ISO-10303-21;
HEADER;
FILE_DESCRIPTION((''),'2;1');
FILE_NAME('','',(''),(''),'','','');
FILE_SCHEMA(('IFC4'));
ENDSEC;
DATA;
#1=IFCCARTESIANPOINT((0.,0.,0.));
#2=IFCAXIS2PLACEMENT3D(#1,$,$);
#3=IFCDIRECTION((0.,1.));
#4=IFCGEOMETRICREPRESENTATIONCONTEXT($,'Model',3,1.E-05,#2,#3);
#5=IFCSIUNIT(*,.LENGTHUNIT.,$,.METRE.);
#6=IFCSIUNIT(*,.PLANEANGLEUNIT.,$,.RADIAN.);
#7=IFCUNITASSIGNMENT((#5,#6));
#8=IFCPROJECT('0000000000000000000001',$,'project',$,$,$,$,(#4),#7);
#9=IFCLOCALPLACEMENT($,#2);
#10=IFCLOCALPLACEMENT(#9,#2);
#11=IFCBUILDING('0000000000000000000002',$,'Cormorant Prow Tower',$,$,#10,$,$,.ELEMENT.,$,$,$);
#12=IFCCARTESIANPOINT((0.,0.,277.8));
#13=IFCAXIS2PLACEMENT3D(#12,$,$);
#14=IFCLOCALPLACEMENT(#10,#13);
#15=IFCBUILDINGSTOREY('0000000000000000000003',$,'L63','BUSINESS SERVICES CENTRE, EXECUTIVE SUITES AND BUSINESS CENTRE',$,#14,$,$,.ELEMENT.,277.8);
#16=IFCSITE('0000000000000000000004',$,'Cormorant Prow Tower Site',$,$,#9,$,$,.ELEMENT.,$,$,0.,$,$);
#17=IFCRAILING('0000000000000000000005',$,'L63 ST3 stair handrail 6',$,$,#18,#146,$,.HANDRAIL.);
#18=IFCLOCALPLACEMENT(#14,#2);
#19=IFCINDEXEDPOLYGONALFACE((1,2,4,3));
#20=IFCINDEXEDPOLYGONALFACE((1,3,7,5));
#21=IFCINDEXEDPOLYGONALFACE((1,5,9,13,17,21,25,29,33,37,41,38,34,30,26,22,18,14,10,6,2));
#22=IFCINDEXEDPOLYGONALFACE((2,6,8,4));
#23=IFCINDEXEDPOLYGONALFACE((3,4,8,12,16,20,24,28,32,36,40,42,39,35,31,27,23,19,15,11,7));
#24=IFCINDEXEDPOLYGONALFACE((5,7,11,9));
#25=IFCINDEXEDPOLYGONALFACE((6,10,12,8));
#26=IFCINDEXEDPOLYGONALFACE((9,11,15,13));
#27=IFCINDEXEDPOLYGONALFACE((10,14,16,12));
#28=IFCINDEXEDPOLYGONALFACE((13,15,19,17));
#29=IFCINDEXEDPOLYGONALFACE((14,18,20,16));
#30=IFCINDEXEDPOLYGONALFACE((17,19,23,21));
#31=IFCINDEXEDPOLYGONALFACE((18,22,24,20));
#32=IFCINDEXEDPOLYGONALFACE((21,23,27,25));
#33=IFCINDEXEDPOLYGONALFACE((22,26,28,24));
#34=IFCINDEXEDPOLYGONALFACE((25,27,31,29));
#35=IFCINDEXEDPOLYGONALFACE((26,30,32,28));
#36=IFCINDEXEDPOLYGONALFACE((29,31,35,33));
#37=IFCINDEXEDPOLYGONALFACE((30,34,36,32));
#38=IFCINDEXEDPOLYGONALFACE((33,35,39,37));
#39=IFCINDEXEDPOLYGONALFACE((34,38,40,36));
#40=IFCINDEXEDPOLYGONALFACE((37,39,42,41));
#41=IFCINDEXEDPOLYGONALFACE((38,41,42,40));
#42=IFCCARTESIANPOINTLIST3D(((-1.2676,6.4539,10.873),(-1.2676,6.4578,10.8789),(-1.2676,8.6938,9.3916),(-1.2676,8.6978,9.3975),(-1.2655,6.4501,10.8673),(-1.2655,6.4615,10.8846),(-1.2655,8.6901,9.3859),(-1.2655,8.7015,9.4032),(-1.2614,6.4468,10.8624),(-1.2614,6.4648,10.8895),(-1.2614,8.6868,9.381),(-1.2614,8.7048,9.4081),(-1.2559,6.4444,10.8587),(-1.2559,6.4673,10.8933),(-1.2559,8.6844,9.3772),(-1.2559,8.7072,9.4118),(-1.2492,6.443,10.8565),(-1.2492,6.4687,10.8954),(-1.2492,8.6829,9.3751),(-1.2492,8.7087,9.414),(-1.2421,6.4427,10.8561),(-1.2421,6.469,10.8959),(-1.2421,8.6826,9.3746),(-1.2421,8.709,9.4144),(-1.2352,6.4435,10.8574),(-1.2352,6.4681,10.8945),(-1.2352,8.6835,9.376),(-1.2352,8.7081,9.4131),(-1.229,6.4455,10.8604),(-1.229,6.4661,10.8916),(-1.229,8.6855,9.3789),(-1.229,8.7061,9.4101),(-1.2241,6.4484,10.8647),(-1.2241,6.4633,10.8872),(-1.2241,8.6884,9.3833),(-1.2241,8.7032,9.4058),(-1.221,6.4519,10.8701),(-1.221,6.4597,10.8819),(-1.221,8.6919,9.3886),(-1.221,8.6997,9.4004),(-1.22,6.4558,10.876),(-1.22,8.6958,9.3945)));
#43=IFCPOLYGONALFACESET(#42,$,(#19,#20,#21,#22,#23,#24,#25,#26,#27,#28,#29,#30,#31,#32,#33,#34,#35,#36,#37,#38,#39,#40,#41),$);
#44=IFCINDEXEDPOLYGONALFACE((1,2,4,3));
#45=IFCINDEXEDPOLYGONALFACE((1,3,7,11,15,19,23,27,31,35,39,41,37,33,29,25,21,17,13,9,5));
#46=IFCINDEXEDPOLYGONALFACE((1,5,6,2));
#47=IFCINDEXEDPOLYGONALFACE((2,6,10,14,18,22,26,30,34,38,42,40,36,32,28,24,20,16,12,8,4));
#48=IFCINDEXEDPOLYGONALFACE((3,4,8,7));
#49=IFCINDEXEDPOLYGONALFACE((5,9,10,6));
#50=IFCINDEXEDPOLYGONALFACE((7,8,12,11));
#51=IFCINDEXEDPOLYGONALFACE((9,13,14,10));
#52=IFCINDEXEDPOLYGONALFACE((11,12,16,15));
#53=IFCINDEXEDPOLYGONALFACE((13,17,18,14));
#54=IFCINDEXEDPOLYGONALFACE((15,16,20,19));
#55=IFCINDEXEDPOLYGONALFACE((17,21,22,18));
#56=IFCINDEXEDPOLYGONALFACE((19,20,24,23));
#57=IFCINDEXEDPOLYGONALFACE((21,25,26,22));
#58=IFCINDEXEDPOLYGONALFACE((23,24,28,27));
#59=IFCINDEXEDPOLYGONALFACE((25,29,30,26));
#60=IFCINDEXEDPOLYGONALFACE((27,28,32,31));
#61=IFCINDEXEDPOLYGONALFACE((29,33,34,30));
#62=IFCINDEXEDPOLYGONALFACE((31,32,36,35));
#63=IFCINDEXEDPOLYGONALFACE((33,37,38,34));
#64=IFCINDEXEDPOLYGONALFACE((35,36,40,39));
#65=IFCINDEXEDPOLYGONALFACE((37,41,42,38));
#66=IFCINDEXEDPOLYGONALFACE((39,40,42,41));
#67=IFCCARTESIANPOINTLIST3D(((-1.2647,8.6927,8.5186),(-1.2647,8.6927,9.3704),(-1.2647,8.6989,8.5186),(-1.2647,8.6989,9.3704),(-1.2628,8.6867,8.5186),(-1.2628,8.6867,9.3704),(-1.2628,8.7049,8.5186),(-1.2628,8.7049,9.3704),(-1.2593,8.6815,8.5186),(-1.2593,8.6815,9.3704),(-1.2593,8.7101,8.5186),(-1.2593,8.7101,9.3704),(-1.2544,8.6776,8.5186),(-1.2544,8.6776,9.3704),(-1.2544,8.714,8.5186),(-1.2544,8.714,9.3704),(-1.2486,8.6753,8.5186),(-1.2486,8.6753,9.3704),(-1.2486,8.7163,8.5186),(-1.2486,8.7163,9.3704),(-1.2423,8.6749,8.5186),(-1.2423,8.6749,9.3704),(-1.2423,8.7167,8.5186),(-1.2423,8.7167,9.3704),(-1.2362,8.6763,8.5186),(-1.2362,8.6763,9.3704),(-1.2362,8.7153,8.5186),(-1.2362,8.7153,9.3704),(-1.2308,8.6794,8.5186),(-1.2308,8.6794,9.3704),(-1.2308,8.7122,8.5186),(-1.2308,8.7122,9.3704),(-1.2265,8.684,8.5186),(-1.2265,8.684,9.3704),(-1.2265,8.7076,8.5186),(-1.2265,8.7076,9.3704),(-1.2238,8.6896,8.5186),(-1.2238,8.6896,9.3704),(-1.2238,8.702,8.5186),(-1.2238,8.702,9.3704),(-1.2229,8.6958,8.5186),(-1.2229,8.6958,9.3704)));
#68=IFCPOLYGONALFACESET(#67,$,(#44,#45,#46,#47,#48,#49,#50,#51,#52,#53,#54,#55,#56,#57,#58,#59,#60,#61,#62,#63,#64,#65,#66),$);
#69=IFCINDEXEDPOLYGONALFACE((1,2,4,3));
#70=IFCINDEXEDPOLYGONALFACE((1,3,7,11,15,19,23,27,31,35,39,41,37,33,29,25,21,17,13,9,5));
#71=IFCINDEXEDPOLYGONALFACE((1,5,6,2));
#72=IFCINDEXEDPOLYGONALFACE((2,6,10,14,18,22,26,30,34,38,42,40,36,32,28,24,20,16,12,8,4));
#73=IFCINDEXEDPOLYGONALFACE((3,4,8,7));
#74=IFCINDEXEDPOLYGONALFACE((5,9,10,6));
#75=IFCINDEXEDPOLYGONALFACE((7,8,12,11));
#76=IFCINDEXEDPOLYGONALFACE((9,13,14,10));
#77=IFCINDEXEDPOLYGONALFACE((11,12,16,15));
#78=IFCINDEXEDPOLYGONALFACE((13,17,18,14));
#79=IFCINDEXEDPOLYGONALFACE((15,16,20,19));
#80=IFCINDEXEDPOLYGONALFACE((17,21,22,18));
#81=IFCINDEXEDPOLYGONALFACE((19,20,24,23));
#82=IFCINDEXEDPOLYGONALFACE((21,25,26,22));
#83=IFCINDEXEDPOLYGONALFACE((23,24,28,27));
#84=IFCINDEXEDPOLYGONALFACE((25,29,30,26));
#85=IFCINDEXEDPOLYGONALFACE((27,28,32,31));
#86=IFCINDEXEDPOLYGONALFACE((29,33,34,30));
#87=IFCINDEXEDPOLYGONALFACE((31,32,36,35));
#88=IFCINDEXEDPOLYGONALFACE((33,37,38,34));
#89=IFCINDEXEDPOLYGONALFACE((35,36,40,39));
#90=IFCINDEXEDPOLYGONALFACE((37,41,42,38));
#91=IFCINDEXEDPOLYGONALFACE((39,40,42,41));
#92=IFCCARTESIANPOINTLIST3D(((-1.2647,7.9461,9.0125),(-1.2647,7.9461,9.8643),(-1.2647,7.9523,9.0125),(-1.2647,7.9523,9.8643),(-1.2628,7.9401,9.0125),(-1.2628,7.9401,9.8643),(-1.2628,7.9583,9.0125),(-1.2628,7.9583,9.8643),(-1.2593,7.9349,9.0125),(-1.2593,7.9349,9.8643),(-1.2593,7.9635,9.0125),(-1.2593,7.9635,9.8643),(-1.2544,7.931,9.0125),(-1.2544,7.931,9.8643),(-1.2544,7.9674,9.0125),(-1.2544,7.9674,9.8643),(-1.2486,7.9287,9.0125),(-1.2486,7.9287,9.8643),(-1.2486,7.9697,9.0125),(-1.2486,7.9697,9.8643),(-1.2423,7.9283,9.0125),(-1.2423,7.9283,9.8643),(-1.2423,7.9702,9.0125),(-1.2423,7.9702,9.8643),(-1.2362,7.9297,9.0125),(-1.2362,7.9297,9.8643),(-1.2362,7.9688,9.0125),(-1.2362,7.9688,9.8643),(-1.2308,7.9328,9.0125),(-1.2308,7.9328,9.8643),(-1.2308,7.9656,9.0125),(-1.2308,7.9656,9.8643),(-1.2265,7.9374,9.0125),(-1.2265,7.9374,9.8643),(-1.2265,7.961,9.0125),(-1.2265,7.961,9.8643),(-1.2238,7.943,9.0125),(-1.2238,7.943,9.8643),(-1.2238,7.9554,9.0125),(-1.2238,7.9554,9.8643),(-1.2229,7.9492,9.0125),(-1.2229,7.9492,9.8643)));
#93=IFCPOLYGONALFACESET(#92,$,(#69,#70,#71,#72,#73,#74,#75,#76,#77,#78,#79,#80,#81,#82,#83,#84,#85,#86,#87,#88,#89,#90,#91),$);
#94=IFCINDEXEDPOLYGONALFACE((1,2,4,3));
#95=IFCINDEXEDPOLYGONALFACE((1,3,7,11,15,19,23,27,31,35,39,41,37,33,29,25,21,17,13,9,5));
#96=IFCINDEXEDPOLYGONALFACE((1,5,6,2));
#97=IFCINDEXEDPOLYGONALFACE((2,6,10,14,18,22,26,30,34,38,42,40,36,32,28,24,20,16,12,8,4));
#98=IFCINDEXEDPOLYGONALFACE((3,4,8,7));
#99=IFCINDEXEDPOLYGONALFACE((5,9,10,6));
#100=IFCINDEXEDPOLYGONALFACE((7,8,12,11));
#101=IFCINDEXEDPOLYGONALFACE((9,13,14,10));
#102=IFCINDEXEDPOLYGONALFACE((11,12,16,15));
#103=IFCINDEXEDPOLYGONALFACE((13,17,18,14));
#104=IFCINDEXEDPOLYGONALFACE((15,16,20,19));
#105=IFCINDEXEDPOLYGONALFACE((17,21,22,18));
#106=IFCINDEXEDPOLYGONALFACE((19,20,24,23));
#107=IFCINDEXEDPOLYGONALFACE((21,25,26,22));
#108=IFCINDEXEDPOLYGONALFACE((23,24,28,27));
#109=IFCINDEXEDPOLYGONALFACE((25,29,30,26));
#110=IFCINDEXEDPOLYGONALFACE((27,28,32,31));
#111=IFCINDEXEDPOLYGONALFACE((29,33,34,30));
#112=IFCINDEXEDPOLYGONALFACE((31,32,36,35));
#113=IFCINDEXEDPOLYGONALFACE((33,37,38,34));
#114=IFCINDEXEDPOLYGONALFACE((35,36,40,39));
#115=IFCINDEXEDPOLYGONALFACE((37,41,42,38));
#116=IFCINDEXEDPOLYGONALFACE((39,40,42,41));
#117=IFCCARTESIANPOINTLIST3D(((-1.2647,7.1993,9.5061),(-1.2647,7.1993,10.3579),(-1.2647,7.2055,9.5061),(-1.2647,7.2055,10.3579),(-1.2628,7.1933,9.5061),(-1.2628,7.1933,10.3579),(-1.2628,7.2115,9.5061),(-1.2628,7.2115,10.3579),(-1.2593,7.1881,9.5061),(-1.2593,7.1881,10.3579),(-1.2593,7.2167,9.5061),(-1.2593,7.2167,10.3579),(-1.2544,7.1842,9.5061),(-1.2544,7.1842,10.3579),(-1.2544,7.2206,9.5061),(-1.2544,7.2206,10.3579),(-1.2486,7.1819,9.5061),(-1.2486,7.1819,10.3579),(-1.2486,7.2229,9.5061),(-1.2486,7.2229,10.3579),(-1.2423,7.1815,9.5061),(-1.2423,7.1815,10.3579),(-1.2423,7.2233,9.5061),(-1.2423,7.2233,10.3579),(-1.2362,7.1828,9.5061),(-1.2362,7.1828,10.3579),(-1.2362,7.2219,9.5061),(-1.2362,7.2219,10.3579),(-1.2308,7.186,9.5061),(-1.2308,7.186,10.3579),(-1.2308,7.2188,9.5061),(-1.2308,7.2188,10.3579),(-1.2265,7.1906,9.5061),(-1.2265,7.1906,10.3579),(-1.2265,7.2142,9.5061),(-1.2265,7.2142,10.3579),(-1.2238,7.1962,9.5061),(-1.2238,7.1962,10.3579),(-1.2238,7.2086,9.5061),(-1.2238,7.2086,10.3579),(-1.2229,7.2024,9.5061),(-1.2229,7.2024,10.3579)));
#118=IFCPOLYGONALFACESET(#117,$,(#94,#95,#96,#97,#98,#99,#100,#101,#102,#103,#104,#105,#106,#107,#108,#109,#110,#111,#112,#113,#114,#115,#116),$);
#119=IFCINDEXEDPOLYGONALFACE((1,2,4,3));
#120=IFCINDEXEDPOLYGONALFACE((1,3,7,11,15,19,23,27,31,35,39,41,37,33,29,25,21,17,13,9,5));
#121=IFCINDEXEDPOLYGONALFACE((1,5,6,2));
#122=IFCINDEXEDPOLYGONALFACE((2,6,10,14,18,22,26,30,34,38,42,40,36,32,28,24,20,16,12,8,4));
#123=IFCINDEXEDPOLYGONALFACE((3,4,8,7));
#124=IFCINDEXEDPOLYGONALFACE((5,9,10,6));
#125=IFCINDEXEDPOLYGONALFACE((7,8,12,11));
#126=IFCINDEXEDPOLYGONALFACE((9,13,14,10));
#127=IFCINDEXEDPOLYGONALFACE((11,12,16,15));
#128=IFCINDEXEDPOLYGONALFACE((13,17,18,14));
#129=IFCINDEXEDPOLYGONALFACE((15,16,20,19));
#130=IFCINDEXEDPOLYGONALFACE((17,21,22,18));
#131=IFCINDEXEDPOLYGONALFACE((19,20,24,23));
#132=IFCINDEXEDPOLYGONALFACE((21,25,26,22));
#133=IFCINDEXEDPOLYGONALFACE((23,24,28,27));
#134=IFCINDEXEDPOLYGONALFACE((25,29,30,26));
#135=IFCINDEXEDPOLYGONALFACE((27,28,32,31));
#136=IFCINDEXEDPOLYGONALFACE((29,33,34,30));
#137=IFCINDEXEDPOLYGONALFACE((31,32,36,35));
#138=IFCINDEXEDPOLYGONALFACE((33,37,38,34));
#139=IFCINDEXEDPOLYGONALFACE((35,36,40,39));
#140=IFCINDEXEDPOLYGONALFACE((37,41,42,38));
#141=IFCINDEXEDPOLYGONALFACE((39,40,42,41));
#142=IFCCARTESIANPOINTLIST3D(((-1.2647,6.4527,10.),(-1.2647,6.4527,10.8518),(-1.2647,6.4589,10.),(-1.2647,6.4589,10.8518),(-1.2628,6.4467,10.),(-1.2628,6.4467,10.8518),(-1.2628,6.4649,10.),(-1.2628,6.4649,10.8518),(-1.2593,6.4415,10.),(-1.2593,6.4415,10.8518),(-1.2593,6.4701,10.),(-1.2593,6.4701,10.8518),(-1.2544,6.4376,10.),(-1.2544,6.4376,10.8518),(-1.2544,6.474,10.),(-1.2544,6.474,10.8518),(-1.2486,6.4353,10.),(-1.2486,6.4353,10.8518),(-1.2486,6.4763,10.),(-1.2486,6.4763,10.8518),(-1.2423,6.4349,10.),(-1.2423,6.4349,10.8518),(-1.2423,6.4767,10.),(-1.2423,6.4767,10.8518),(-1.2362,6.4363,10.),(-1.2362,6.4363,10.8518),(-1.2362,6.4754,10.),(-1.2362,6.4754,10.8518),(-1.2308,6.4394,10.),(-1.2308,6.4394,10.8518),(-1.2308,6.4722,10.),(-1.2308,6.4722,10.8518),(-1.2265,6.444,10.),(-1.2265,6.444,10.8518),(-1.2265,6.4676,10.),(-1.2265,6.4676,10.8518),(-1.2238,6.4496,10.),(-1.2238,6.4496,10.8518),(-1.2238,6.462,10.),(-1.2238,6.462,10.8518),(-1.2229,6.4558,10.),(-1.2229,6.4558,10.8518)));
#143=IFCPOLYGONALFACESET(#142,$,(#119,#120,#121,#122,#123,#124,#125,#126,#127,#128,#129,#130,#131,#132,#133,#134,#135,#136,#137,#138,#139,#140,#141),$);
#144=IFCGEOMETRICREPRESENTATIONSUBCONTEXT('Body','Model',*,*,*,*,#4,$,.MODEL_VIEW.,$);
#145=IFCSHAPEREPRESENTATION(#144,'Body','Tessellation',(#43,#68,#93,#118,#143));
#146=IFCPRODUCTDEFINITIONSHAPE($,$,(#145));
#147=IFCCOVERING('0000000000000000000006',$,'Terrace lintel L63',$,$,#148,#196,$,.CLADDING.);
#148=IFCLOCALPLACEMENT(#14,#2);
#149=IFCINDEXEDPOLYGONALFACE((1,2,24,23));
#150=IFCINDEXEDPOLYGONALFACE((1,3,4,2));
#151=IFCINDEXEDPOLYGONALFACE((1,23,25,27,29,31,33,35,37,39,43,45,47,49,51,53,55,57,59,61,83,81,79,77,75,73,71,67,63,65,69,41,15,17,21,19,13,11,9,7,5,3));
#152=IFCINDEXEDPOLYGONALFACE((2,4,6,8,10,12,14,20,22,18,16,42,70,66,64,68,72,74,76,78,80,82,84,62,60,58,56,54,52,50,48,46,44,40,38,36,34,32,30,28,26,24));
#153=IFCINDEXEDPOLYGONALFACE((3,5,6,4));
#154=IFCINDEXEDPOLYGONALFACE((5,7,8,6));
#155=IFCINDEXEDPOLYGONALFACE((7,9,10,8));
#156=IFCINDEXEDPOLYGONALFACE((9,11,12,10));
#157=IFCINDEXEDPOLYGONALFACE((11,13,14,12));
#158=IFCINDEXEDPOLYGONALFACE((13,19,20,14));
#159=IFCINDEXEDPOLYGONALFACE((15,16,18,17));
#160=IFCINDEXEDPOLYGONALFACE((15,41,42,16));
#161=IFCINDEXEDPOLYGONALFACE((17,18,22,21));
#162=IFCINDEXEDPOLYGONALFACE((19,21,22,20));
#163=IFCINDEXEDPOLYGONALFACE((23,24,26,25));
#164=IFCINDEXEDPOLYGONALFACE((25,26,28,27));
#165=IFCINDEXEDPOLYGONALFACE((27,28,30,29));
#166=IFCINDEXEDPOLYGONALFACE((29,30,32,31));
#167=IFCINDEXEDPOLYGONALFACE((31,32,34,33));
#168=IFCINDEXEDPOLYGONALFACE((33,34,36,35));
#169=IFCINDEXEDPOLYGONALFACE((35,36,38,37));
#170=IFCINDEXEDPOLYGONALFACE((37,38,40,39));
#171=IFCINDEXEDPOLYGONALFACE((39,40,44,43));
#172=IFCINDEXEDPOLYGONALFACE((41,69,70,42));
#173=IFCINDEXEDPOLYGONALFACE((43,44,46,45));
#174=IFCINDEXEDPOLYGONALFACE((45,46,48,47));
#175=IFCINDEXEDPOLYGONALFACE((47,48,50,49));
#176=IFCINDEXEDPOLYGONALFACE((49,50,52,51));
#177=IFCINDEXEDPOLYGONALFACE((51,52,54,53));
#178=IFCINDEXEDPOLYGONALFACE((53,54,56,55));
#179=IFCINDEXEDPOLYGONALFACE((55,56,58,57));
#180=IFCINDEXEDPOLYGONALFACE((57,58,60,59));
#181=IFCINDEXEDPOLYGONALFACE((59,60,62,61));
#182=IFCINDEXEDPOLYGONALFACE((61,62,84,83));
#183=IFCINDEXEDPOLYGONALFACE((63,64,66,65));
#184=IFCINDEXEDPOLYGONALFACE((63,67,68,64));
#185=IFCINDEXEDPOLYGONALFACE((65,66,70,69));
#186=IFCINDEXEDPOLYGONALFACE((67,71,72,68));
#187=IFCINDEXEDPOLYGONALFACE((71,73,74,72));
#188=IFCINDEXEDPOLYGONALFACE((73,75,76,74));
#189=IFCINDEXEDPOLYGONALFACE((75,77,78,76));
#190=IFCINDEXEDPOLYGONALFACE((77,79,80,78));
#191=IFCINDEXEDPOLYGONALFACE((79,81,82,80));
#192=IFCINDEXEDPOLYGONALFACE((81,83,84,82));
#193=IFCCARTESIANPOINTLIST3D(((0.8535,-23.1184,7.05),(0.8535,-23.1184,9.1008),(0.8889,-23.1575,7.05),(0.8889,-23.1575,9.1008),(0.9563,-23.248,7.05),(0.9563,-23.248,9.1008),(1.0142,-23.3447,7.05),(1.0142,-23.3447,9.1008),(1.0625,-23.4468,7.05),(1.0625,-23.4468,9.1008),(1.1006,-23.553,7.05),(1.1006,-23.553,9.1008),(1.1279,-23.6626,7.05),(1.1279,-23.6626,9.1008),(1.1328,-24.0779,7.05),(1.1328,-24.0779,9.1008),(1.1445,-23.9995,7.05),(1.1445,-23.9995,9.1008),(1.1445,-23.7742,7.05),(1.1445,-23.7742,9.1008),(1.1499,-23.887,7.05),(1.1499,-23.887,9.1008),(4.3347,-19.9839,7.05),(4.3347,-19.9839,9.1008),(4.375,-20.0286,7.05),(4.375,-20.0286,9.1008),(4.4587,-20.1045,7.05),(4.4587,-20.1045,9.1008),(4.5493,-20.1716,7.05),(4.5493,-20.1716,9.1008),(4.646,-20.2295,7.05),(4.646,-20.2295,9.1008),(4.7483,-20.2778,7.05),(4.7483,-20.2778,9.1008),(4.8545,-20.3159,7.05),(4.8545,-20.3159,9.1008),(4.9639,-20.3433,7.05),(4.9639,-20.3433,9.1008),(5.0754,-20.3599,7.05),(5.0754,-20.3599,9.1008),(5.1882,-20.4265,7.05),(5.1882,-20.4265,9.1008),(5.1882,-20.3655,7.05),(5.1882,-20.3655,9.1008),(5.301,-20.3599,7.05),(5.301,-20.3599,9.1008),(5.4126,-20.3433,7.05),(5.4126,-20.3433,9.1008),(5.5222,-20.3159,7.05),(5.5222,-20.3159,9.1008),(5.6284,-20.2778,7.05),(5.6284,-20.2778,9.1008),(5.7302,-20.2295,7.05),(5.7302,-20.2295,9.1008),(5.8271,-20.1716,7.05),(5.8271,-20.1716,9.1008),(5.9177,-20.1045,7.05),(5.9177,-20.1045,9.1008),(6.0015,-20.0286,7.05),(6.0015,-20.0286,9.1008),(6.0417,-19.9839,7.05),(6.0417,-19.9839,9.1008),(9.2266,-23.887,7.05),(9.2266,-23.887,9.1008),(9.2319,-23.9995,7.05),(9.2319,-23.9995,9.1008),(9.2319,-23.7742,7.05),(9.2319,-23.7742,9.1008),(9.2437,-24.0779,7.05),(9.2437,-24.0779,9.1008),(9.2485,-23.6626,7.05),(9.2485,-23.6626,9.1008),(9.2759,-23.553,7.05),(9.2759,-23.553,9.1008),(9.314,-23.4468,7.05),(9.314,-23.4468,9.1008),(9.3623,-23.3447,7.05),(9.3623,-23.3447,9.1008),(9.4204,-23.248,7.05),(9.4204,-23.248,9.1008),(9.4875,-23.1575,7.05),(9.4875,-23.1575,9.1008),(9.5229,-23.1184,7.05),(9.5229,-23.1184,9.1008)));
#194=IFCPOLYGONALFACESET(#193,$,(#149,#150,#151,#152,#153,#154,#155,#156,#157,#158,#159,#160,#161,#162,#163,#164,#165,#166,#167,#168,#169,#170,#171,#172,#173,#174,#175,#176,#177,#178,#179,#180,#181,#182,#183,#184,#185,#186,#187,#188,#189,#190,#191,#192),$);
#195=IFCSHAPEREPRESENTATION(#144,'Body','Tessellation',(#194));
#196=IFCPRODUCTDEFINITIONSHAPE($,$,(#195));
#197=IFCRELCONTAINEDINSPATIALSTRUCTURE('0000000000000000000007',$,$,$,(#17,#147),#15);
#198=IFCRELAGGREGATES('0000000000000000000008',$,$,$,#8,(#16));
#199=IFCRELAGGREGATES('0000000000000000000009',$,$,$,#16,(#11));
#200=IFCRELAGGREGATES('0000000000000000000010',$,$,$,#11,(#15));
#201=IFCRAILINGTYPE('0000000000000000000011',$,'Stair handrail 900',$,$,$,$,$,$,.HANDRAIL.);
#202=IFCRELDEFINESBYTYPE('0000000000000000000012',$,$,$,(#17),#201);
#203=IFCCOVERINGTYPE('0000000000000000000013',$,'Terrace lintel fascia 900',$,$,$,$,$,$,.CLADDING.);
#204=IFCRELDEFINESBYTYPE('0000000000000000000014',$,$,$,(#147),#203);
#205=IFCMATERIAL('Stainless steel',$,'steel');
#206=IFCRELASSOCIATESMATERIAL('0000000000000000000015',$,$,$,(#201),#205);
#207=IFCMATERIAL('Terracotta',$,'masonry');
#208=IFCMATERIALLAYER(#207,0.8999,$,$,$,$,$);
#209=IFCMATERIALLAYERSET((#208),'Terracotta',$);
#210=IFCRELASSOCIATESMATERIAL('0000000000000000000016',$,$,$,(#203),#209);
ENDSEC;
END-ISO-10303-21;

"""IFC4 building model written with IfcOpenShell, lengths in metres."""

from ifc_helpers import new_model, si_unit, direction, frame, origin, origin_2d, place, context, subcontext, project, spatial, polyline, circle, outline, extrude, material, layer, layer_set, type_object, element, save


model = new_model("IFC4")

# Units and contexts
model_context = context("Model", 3, precision=1e-05, world=origin(), true_north=direction((0.0, 1.0)))
body_context = subcontext(model_context, "Body", "Model", "MODEL_VIEW")
ifc_project = project(units=[si_unit("LENGTHUNIT", "METRE"), si_unit("PLANEANGLEUNIT", "RADIAN")], contexts=[model_context])

# Site, building, storey
site_placement = place(None, origin())
site = spatial("IfcSite", under=ifc_project, at=site_placement, Name="Cormorant Prow Tower Site", CompositionType="ELEMENT", RefElevation=0.0)
building_placement = place(site_placement, origin())
building = spatial("IfcBuilding", under=site, at=building_placement, Name="Cormorant Prow Tower", CompositionType="ELEMENT")
storey_placement = place(building_placement, frame((0.0, 0.0, 277.8)))
storey = spatial("IfcBuildingStorey", under=building, at=storey_placement, Name="L63", Description="BUSINESS SERVICES CENTRE, EXECUTIVE SUITES AND BUSINESS CENTRE", CompositionType="ELEMENT", Elevation=277.8)

# Railing
ifc_material_1 = material(Name="Stainless steel", Category="steel")
railing_type = type_object("IfcRailingType", Name="Stair handrail 900", PredefinedType="HANDRAIL", material=ifc_material_1)
for number, where, name in (
    (1, (-1.2439, 8.6958, 8.5186), "L63 ST3 stair handrail 6"),
):
    element("IfcRailing", number, at=place(storey_placement, frame(where)), inside=storey, type_object=railing_type, Name=name, PredefinedType="HANDRAIL", context=body_context, shape_type="SweptSolid", body=[
        extrude(circle(Radius=0.0239, at=origin_2d()), frame((0.0, 0.0, 0.876), z_axis=(0.0, -0.834087, 0.551634), x_axis=(1.0, 0.0, 0.0)), (0.0, 0.0, 1.0), 2.6855),
        extrude(circle(Radius=0.021, at=origin_2d()), origin(), (0.0, 0.0, 1.0), 0.8518),
        extrude(circle(Radius=0.021, at=origin_2d()), frame((0.0, -0.7466, 0.4939)), (0.0, 0.0, 1.0), 0.8518),
        extrude(circle(Radius=0.021, at=origin_2d()), frame((0.0, -1.4934, 0.9875)), (0.0, 0.0, 1.0), 0.8518),
        extrude(circle(Radius=0.021, at=origin_2d()), frame((0.0, -2.24, 1.4814)), (0.0, 0.0, 1.0), 0.8518),
    ])

# Covering
ifc_material_2 = material(Name="Terracotta", Category="masonry")
ifc_layer_1 = layer(ifc_material_2, 0.8999)
ifc_layer_set_1 = layer_set([ifc_layer_1], Name="Terracotta")
covering_type = type_object("IfcCoveringType", Name="Terrace lintel fascia 900", PredefinedType="CLADDING", material=ifc_layer_set_1)
covering_1_placement = place(storey_placement, frame((0.0, 0.0, 7.05)))
element("IfcCovering", 2, at=covering_1_placement, inside=storey, type_object=covering_type, Name="Terrace lintel L63", PredefinedType="CLADDING", context=body_context, shape_type="SweptSolid", body=[
    extrude(outline(polyline([(4.3347, -19.9839), (4.375, -20.0286), (4.4587, -20.1045), (4.5493, -20.1716), (4.646, -20.2295), (4.7483, -20.2778), (4.8545, -20.3159), (4.9639, -20.3433), (5.0754, -20.3599), (5.1882, -20.3655), (5.301, -20.3599), (5.4126, -20.3433), (5.5222, -20.3159), (5.6284, -20.2778), (5.7302, -20.2295), (5.8271, -20.1716), (5.9177, -20.1045), (6.0015, -20.0286), (6.0417, -19.9839), (9.5229, -23.1184), (9.4875, -23.1575), (9.4204, -23.248), (9.3623, -23.3447), (9.314, -23.4468), (9.2759, -23.553), (9.2485, -23.6626), (9.2319, -23.7742), (9.2266, -23.887), (9.2319, -23.9995), (9.2437, -24.0779), (5.1882, -20.4265), (1.1328, -24.0779), (1.1445, -23.9995), (1.1499, -23.887), (1.1445, -23.7742), (1.1279, -23.6626), (1.1006, -23.553), (1.0625, -23.4468), (1.0142, -23.3447), (0.9563, -23.248), (0.8889, -23.1575), (0.8535, -23.1184), (4.3347, -19.9839)])), origin(), (0.0, 0.0, 1.0), 2.0508),
])

save(model, "model.ifc")
